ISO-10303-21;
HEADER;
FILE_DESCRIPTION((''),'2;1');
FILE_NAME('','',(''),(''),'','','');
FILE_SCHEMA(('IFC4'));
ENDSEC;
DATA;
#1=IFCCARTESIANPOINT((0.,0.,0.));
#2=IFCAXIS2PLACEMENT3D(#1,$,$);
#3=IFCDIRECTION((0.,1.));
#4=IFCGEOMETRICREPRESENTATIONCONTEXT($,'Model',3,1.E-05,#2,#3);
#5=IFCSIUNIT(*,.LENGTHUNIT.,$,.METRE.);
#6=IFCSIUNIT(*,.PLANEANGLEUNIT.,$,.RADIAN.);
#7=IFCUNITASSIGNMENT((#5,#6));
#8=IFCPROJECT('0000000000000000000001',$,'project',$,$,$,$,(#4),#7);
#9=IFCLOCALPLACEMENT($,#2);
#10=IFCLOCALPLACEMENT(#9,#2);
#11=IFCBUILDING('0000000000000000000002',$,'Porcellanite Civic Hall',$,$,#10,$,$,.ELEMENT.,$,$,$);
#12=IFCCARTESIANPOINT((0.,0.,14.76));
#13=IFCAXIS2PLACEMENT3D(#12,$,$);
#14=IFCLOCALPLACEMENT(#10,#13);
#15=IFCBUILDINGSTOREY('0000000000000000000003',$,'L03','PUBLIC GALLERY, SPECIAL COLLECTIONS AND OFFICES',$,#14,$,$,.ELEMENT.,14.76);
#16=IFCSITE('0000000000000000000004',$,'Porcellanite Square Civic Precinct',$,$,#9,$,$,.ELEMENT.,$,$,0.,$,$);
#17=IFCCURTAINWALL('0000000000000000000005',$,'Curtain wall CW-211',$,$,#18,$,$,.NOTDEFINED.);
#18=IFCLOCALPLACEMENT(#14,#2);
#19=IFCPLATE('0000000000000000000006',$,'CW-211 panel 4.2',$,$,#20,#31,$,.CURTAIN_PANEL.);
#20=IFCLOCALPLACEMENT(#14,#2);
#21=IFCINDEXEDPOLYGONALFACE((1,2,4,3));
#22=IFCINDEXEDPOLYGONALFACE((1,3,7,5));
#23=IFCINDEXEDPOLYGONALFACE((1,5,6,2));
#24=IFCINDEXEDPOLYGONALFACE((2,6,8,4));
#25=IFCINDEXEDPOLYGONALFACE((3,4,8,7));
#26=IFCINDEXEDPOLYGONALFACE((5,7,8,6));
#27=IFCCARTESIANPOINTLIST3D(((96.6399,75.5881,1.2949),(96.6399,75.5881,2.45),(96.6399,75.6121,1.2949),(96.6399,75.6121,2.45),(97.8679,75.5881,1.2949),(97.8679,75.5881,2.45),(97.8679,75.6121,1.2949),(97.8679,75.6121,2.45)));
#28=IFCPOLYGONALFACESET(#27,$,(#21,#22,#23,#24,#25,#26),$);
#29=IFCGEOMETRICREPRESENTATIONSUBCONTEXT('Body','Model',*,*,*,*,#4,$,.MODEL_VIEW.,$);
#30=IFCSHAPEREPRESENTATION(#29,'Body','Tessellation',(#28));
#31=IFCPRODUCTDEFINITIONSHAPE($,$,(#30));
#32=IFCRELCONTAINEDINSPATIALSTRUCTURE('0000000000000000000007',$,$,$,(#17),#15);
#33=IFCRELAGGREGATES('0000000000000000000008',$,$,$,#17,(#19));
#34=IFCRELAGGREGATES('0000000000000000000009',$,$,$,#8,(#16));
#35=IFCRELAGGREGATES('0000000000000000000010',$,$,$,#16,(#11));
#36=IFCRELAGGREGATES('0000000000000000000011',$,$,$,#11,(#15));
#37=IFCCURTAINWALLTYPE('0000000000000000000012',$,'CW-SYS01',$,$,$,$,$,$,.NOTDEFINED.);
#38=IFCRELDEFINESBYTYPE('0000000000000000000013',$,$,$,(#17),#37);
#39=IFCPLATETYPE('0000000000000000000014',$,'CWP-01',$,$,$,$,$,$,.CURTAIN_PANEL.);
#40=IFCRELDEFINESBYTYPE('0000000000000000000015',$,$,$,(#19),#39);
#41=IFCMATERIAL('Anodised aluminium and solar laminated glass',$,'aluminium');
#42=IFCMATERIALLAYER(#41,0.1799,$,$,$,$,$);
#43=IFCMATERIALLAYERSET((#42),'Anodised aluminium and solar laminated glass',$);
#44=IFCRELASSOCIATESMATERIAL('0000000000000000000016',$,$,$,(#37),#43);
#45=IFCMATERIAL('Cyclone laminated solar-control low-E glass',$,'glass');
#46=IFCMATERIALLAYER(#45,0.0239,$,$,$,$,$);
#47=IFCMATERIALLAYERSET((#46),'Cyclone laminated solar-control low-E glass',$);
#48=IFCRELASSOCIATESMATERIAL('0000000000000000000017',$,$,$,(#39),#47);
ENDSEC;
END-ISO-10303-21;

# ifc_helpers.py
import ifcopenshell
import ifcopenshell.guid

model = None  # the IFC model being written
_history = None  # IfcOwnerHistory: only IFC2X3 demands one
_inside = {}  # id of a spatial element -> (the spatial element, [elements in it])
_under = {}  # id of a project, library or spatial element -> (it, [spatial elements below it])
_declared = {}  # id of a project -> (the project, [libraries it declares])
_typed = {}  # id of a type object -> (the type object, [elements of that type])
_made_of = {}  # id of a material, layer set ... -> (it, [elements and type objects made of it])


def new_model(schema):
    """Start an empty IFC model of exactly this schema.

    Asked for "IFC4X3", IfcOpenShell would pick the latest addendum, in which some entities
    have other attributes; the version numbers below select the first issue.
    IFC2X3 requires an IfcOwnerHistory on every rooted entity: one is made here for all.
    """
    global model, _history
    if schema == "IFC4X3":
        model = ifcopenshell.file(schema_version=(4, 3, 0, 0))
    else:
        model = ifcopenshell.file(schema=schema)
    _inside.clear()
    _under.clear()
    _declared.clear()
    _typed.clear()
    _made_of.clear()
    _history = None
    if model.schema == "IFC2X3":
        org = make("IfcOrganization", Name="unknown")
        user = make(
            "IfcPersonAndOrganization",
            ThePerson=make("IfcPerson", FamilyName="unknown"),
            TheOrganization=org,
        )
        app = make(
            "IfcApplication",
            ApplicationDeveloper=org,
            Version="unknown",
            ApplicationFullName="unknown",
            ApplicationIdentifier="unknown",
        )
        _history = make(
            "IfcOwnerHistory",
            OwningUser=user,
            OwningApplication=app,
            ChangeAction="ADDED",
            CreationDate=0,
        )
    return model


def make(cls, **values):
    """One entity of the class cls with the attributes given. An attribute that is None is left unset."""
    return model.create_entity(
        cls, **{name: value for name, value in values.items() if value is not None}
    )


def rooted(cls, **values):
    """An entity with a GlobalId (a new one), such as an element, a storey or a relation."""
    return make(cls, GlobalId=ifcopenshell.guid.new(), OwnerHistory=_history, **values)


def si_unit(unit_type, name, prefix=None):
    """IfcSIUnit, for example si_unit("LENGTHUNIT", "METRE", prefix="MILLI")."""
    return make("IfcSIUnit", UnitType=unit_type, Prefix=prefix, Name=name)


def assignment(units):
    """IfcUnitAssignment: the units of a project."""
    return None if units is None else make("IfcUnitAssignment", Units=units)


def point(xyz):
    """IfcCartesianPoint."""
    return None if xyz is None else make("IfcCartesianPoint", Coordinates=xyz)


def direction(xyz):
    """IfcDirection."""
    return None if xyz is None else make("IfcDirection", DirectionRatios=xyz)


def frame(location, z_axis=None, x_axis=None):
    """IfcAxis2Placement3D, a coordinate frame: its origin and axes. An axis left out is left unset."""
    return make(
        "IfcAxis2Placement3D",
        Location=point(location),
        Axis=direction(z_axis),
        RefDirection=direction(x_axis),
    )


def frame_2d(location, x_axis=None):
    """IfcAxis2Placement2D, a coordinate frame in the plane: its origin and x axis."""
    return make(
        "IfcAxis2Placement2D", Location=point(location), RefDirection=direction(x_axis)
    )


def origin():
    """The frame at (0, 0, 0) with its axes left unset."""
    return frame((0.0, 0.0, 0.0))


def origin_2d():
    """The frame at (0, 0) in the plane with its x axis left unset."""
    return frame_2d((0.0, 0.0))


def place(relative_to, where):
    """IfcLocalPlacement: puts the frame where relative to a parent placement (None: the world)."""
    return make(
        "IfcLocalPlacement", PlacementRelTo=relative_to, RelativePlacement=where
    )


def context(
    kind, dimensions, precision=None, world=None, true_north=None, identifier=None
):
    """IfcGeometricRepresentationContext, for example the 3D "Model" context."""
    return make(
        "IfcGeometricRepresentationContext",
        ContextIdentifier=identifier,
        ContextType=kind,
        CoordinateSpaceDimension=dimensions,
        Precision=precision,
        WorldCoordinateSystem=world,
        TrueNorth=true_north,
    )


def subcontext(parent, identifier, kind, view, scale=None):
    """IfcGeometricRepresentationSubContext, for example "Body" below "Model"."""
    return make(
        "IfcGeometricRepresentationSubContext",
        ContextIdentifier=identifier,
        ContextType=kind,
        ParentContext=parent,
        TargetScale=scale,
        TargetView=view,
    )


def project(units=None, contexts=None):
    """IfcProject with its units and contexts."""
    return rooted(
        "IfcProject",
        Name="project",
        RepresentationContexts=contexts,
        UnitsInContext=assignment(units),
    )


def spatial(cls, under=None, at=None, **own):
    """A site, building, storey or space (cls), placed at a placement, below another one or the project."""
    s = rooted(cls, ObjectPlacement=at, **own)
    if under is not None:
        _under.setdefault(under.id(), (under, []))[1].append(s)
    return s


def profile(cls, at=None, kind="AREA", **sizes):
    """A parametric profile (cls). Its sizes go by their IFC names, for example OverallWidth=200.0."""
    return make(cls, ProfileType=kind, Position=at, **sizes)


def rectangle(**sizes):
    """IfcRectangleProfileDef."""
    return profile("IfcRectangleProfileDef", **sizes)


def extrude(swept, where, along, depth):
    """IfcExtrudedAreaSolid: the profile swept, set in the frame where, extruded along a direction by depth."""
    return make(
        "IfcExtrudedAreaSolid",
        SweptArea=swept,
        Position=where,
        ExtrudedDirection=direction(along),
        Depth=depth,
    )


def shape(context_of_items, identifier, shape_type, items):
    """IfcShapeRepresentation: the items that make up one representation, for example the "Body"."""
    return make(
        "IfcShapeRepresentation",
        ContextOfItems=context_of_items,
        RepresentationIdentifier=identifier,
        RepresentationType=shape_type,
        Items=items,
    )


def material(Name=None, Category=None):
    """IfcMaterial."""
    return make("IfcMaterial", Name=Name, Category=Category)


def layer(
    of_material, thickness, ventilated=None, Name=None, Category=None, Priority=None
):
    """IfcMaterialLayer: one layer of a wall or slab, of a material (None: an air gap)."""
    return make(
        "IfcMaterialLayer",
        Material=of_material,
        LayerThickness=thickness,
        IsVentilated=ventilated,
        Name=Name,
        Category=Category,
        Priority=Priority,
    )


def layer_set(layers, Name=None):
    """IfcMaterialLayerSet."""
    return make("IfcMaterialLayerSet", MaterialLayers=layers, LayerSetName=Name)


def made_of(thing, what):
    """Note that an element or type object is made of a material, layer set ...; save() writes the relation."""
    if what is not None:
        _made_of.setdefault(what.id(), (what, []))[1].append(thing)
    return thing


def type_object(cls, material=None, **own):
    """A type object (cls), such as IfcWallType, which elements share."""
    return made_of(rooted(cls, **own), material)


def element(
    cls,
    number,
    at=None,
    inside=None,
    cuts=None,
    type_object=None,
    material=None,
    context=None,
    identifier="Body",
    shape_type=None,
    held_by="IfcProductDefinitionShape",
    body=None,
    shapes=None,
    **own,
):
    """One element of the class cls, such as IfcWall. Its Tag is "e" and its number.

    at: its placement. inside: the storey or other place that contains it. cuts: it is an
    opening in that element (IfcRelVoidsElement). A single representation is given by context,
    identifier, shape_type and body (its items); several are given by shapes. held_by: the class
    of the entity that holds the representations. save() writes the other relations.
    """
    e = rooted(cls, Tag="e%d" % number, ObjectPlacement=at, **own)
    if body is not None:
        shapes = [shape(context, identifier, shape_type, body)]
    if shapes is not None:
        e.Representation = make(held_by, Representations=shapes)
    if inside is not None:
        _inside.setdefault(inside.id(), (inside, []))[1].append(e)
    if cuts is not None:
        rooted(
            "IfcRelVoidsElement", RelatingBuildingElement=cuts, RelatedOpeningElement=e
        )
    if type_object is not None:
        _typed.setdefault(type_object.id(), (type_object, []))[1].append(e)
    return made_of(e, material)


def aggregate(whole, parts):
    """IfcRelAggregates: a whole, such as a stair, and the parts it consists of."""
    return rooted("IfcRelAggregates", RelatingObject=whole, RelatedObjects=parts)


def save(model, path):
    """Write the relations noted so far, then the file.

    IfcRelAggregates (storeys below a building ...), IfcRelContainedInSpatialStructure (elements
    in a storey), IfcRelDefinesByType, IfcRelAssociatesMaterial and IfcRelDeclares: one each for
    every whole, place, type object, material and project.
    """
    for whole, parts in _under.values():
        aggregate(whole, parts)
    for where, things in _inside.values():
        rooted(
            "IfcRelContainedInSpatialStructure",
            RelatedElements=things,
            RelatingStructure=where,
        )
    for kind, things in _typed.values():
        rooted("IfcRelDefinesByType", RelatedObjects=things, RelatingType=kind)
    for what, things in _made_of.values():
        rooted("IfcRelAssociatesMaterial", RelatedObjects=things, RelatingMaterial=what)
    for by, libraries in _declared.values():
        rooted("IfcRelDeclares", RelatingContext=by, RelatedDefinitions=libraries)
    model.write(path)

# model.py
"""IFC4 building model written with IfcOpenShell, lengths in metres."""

from ifc_helpers import new_model, si_unit, direction, frame, origin, origin_2d, place, context, subcontext, project, spatial, rectangle, extrude, material, layer, layer_set, type_object, element, aggregate, save


model = new_model("IFC4")

# Units and contexts
model_context = context("Model", 3, precision=1e-05, world=origin(), true_north=direction((0.0, 1.0)))
body_context = subcontext(model_context, "Body", "Model", "MODEL_VIEW")
ifc_project = project(units=[si_unit("LENGTHUNIT", "METRE"), si_unit("PLANEANGLEUNIT", "RADIAN")], contexts=[model_context])

# Site, building, storey
site_placement = place(None, origin())
site = spatial("IfcSite", under=ifc_project, at=site_placement, Name="Porcellanite Square Civic Precinct", CompositionType="ELEMENT", RefElevation=0.0)
building_placement = place(site_placement, origin())
building = spatial("IfcBuilding", under=site, at=building_placement, Name="Porcellanite Civic Hall", CompositionType="ELEMENT")
storey_placement = place(building_placement, frame((0.0, 0.0, 14.76)))
storey = spatial("IfcBuildingStorey", under=building, at=storey_placement, Name="L03", Description="PUBLIC GALLERY, SPECIAL COLLECTIONS AND OFFICES", CompositionType="ELEMENT", Elevation=14.76)

# Curtain wall, plate
ifc_material_1 = material(Name="Anodised aluminium and solar laminated glass", Category="aluminium")
ifc_layer_1 = layer(ifc_material_1, 0.1799)
ifc_layer_set_1 = layer_set([ifc_layer_1], Name="Anodised aluminium and solar laminated glass")
curtain_wall_type = type_object("IfcCurtainWallType", Name="CW-SYS01", PredefinedType="NOTDEFINED", material=ifc_layer_set_1)
curtain_wall_placement = place(storey_placement, origin())
curtain_wall = element("IfcCurtainWall", 1, at=curtain_wall_placement, inside=storey, type_object=curtain_wall_type, Name="Curtain wall CW-211", PredefinedType="NOTDEFINED")
ifc_material_2 = material(Name="Cyclone laminated solar-control low-E glass", Category="glass")
ifc_layer_2 = layer(ifc_material_2, 0.0239)
ifc_layer_set_2 = layer_set([ifc_layer_2], Name="Cyclone laminated solar-control low-E glass")
plate_type = type_object("IfcPlateType", Name="CWP-01", PredefinedType="CURTAIN_PANEL", material=ifc_layer_set_2)
plate_1_placement = place(storey_placement, frame((97.2539, 75.6001, 1.2949), z_axis=(0.0, 0.0, 1.0), x_axis=(1.0, 0.0, 0.0)))
plate_1 = element("IfcPlate", 2, at=plate_1_placement, type_object=plate_type, Name="CW-211 panel 4.2", PredefinedType="CURTAIN_PANEL", context=body_context, shape_type="SweptSolid", body=[
    extrude(rectangle(XDim=1.228, YDim=0.0239, at=origin_2d()), origin(), (0.0, 0.0, 1.0), 1.155),
])
aggregate(curtain_wall, [plate_1])

save(model, "model.ifc")
